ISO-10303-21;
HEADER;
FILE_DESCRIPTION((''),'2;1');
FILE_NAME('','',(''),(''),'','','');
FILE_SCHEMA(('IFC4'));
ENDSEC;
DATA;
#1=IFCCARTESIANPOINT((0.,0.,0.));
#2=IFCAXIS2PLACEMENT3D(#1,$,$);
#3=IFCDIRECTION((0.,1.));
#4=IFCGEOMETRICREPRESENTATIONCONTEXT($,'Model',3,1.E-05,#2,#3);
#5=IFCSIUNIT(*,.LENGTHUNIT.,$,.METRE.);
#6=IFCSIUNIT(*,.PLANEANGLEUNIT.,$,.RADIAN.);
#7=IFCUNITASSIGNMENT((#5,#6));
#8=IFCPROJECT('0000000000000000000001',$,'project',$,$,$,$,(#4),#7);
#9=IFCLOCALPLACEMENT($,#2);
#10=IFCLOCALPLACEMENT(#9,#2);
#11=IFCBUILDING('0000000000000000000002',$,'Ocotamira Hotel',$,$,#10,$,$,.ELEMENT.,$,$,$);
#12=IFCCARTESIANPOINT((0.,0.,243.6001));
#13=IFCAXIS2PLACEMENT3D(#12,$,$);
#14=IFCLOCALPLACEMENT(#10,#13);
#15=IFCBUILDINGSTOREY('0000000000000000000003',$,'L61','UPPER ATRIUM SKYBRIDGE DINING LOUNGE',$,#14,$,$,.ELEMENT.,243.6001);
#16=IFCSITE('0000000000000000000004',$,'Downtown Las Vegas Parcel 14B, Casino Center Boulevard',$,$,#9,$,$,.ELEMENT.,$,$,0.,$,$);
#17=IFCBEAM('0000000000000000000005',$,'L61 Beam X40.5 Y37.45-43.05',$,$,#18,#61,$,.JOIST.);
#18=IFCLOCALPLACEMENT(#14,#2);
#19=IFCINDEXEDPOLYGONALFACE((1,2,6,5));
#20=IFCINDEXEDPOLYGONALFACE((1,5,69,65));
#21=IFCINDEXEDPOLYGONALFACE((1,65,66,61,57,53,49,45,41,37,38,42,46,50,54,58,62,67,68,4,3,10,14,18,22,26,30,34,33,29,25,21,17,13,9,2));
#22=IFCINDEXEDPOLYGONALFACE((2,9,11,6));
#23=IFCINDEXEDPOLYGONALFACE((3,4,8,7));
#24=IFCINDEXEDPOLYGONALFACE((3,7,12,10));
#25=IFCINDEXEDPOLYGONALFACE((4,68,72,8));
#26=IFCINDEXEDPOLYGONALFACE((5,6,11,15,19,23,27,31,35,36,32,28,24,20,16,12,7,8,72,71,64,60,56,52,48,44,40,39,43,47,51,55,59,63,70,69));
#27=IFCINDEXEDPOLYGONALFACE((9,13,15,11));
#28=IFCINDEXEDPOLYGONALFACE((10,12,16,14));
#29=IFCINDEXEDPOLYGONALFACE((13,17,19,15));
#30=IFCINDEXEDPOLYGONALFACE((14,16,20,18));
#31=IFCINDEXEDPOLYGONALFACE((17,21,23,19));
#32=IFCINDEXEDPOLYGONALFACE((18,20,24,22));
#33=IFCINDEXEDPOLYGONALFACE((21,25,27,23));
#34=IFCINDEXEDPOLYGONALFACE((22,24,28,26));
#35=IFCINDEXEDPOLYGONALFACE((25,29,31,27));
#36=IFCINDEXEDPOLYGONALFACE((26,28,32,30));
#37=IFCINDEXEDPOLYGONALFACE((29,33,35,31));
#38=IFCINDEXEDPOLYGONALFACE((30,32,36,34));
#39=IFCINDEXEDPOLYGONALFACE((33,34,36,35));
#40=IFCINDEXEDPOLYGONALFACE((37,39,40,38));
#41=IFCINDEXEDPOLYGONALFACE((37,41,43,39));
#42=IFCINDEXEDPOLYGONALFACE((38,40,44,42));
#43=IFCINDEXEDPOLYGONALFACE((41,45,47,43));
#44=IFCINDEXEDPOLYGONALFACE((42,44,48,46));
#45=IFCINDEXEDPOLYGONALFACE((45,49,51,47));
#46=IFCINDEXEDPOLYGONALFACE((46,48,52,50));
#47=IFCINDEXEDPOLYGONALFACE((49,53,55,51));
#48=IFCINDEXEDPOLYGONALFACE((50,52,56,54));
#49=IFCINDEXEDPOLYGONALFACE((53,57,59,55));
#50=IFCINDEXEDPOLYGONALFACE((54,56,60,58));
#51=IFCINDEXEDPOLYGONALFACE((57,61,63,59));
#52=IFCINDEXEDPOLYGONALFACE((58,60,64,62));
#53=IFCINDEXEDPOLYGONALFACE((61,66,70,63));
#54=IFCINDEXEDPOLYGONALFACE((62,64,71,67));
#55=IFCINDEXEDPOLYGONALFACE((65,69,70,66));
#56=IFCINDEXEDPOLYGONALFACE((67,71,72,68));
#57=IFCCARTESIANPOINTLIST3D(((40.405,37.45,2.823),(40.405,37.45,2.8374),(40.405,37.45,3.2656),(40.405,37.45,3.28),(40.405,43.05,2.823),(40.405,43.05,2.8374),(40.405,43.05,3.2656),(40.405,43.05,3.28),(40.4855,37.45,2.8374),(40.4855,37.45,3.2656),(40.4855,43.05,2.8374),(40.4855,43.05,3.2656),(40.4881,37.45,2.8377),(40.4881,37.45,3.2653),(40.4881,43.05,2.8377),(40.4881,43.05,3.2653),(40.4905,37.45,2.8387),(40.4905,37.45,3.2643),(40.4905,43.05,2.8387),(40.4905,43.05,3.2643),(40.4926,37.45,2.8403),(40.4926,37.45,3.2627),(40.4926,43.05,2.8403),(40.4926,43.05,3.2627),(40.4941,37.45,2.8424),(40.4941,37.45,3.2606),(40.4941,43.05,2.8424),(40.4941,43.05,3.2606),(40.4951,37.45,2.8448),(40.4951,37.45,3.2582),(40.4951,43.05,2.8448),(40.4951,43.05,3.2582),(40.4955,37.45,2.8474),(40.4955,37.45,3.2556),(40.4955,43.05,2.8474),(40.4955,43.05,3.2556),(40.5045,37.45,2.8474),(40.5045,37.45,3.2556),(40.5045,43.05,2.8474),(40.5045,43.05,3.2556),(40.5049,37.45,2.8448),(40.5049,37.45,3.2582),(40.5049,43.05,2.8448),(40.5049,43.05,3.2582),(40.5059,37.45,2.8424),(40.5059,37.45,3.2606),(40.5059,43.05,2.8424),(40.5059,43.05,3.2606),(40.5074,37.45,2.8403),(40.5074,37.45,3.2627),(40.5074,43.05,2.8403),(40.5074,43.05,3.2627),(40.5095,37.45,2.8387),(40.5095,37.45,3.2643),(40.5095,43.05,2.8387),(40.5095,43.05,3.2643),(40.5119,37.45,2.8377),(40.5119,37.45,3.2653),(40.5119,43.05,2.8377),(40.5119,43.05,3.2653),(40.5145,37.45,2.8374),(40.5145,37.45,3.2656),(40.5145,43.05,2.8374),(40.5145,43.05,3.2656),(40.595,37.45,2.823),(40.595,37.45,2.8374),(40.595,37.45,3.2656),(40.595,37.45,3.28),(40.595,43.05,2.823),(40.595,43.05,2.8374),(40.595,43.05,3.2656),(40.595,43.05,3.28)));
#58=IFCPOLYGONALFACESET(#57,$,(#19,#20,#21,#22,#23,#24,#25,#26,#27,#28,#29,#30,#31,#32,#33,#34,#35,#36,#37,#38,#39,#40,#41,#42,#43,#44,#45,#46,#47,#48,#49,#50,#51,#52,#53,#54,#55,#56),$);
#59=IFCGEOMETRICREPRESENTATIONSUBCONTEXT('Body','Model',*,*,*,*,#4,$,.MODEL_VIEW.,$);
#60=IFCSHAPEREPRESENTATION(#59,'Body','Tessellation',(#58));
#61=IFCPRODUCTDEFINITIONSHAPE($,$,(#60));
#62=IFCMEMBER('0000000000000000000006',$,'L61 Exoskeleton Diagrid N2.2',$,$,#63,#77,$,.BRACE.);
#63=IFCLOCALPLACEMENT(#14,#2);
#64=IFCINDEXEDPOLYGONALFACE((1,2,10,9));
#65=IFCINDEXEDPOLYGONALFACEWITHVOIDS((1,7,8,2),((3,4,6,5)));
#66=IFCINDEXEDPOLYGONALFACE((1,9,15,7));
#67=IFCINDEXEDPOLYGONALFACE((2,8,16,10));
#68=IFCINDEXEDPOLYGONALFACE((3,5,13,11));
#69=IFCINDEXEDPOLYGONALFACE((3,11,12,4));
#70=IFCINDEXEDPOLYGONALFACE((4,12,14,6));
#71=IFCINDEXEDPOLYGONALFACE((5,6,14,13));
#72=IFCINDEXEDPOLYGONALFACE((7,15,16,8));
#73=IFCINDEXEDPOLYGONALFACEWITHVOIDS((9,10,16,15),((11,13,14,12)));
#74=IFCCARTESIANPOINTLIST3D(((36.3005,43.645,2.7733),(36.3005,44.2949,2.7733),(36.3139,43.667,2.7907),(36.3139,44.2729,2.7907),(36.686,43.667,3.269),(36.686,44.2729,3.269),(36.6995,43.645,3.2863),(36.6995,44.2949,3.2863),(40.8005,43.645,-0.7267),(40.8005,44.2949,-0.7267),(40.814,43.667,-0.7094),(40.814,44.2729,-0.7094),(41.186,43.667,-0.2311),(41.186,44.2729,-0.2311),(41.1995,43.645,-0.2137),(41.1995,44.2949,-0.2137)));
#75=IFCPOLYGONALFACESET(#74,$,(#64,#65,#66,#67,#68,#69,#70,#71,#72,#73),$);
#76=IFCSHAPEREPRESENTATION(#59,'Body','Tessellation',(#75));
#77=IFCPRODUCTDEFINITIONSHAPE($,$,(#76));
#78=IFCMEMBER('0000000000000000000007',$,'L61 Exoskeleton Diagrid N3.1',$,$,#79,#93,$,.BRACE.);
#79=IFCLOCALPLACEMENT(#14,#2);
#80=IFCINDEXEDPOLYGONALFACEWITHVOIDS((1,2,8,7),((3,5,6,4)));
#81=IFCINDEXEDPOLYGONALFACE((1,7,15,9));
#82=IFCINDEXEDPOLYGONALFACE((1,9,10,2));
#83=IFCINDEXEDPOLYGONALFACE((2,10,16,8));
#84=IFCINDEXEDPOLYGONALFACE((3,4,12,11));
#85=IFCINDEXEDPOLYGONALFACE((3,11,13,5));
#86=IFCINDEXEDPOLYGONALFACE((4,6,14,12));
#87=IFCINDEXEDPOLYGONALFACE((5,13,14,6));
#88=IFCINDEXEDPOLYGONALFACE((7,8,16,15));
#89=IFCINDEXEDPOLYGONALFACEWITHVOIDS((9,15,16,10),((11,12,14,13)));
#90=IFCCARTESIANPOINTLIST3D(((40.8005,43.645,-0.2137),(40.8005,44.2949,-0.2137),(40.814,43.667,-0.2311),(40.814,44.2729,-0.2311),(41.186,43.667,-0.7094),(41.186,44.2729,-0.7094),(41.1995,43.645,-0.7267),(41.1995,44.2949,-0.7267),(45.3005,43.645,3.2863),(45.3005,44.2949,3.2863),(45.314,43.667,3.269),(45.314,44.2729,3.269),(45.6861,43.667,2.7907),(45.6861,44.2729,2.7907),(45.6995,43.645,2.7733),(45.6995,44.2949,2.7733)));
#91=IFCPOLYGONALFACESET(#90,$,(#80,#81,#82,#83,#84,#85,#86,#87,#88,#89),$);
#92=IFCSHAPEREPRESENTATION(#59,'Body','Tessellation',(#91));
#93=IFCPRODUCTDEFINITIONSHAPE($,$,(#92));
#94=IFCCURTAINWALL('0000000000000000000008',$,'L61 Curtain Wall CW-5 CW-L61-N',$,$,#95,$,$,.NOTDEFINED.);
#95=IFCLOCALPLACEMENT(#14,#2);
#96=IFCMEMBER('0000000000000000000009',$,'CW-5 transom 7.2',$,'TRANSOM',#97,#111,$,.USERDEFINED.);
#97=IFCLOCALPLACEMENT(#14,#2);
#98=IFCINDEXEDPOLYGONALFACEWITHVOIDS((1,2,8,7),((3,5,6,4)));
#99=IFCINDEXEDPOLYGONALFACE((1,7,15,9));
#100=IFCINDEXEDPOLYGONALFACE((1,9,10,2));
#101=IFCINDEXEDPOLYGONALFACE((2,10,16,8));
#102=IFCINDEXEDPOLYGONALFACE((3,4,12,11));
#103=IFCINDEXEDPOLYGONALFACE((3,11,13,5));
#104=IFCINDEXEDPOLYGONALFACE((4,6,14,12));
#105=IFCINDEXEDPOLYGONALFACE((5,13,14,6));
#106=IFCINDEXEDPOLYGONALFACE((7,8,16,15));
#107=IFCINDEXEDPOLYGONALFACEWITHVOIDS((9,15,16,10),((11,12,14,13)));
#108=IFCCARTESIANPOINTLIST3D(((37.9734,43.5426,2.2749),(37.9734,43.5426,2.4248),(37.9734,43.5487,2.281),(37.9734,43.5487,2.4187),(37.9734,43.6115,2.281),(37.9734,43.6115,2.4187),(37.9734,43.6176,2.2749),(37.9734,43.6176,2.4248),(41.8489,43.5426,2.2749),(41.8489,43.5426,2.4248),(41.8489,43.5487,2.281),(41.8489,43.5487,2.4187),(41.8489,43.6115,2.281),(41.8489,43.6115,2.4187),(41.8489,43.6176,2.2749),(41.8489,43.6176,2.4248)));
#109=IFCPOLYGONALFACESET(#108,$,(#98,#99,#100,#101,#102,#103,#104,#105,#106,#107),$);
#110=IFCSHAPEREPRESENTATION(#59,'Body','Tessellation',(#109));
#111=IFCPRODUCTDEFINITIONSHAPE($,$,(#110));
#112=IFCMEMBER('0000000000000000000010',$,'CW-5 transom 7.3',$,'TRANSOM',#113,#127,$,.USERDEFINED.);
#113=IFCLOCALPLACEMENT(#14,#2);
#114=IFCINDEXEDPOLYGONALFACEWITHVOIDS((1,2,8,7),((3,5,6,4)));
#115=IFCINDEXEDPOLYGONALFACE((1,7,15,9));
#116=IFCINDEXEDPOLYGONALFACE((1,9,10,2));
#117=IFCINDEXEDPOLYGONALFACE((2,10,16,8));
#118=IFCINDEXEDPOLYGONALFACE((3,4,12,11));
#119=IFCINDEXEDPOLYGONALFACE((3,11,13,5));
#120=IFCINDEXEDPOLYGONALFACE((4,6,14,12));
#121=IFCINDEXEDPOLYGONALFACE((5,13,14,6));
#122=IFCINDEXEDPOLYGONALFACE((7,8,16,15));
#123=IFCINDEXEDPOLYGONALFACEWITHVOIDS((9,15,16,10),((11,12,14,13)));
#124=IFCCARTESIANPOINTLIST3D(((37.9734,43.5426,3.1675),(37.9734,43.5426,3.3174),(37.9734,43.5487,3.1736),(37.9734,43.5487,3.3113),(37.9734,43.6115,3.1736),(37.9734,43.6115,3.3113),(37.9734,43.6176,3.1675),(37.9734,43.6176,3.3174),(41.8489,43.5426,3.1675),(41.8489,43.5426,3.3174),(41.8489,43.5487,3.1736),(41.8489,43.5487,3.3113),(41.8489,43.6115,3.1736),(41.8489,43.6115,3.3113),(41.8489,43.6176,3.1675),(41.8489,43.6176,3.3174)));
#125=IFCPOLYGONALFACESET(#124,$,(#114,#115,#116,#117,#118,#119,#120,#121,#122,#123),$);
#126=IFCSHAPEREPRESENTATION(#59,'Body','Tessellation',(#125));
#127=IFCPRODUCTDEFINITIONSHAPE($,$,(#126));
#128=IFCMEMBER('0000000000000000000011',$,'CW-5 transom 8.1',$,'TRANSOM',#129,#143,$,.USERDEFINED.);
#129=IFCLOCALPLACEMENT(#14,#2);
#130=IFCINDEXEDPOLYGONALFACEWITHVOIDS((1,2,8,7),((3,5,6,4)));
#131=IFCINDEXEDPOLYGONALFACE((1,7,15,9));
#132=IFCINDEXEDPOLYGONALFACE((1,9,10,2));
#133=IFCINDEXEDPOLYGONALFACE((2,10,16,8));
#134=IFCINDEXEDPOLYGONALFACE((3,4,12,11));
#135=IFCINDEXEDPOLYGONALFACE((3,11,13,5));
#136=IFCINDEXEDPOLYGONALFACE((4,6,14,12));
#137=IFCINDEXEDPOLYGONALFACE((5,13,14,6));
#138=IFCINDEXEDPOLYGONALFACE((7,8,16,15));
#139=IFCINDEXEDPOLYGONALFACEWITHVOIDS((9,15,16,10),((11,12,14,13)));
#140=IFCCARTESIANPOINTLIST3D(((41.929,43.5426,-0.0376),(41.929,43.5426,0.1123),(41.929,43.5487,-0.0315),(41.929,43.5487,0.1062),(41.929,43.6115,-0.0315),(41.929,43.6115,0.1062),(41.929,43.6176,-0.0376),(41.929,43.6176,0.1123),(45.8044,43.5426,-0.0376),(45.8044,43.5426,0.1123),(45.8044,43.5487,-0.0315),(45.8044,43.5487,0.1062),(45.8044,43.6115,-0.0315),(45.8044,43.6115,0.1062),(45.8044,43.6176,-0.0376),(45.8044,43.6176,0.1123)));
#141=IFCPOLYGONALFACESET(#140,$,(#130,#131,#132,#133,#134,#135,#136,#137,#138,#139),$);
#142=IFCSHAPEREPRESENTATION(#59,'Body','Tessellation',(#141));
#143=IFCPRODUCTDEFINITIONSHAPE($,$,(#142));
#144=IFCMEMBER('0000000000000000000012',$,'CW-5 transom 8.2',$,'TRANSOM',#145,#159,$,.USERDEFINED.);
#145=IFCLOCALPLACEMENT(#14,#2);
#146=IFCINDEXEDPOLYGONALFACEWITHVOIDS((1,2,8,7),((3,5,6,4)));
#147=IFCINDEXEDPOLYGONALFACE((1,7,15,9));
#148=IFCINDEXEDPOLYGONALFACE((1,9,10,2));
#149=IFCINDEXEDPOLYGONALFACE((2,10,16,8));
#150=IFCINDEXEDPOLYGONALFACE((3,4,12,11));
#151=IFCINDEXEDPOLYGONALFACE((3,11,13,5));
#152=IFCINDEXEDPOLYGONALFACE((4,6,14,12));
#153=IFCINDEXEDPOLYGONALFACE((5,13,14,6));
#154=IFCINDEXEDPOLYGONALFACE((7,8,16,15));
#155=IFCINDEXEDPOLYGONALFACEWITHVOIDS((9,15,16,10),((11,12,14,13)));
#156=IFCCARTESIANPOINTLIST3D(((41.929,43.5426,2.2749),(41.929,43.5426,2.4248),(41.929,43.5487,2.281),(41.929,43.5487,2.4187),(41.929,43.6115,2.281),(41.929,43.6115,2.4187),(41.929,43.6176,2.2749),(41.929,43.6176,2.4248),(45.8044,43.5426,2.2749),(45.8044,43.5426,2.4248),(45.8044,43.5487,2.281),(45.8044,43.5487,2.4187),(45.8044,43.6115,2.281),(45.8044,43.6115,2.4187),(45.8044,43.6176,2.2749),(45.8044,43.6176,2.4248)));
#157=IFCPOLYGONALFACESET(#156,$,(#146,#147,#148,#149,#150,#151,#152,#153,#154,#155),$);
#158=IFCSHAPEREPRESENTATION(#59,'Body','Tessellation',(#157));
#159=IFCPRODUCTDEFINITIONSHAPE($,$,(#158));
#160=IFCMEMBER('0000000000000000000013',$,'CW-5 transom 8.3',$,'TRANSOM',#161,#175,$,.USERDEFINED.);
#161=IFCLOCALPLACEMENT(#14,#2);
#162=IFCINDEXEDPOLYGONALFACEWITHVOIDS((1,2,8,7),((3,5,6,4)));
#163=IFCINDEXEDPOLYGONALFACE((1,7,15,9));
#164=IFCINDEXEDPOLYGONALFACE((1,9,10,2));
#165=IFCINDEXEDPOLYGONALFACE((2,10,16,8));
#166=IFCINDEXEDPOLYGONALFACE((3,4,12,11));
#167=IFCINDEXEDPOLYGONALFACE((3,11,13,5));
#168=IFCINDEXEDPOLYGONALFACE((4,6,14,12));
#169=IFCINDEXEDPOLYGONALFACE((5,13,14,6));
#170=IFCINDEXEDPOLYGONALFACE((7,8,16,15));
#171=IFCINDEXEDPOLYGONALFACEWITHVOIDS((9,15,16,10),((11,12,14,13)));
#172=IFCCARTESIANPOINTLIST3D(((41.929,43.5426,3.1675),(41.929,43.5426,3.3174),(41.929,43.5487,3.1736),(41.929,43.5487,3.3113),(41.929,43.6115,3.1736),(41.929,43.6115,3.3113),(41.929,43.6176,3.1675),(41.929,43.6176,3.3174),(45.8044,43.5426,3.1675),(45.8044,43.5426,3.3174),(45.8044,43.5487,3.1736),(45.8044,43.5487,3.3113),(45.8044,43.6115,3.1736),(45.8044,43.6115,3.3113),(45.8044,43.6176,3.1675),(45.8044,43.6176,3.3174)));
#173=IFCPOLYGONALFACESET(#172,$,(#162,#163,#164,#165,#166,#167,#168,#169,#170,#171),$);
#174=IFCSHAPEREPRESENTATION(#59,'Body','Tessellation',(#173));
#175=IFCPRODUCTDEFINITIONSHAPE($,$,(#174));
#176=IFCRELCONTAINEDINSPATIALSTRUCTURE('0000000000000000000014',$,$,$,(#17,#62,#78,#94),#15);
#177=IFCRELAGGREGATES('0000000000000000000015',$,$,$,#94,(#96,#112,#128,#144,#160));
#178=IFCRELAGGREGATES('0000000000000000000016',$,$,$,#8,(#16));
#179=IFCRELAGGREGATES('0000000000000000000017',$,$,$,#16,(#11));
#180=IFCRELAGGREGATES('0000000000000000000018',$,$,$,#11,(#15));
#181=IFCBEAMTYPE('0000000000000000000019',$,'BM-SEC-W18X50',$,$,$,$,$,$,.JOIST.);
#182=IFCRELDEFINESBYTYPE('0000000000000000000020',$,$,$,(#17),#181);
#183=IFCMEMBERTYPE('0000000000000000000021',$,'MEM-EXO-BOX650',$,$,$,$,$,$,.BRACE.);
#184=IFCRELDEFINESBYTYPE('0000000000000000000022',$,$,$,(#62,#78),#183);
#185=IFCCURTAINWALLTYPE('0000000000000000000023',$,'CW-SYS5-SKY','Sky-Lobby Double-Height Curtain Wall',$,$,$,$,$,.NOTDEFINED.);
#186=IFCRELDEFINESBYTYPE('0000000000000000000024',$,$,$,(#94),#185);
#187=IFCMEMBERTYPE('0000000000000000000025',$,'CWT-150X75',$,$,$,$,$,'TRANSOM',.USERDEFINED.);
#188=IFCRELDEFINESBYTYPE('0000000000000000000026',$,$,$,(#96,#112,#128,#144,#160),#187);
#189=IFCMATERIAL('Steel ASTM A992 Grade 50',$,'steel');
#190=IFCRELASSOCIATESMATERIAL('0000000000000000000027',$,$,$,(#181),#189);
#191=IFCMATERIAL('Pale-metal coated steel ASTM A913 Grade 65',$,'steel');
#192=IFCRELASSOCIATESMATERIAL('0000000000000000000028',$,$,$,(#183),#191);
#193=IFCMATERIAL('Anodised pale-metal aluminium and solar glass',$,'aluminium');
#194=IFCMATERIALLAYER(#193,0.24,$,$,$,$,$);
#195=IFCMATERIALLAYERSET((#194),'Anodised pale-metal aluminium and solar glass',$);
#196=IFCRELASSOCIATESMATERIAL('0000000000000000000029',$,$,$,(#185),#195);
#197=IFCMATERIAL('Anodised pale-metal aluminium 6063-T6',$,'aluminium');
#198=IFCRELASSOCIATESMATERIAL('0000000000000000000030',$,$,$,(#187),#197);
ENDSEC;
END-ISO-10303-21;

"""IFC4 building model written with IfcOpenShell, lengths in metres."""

from ifc_helpers import new_model, si_unit, direction, frame, origin, origin_2d, place, context, subcontext, project, spatial, hollow_rectangle, i_section, extrude, source, transform, mapped, material, layer, layer_set, material_profile, profile_set, type_object, element, aggregate, save


model = new_model("IFC4")

# Units and contexts
model_context = context("Model", 3, precision=1e-05, world=origin(), true_north=direction((0.0, 1.0)))
body_context = subcontext(model_context, "Body", "Model", "MODEL_VIEW")
ifc_project = project(units=[si_unit("LENGTHUNIT", "METRE"), si_unit("PLANEANGLEUNIT", "RADIAN")], contexts=[model_context])

# Site, building, storey
site_placement = place(None, origin())
site = spatial("IfcSite", under=ifc_project, at=site_placement, Name="Downtown Las Vegas Parcel 14B, Casino Center Boulevard", CompositionType="ELEMENT", RefElevation=0.0)
building_placement = place(site_placement, origin())
building = spatial("IfcBuilding", under=site, at=building_placement, Name="Ocotamira Hotel", CompositionType="ELEMENT")
storey_placement = place(building_placement, frame((0.0, 0.0, 243.6001)))
storey = spatial("IfcBuildingStorey", under=building, at=storey_placement, Name="L61", Description="UPPER ATRIUM SKYBRIDGE DINING LOUNGE", CompositionType="ELEMENT", Elevation=243.6001)

# Shared definitions
ifc_material_1 = material(Name="Steel ASTM A992 Grade 50", Category="steel")

# Beam
ifc_material_profile_1 = material_profile(ifc_material_1, i_section(OverallWidth=0.1899, OverallDepth=0.457, WebThickness=0.009, FlangeThickness=0.0144, FilletRadius=0.01, at=origin_2d()), Name="W18X50")
ifc_profile_set_1 = profile_set([ifc_material_profile_1], Name="Steel ASTM A992 Grade 50")
beam_type_1 = type_object("IfcBeamType", Name="BM-SEC-W18X50", PredefinedType="JOIST", material=ifc_profile_set_1)
shared_shape_1 = source(origin(), body_context, "Body", "SweptSolid", [
    extrude(i_section(OverallWidth=0.1899, OverallDepth=0.457, WebThickness=0.009, FlangeThickness=0.0144, FilletRadius=0.01, at=origin_2d()), origin(), (0.0, 0.0, 1.0), 5.6001),
])
beam_1_placement = place(storey_placement, frame((40.5, 37.45, 3.0515), z_axis=(0.0, 1.0, 0.0), x_axis=(-1.0, 0.0, 0.0)))
element("IfcBeam", 1, at=beam_1_placement, inside=storey, type_object=beam_type_1, Name="L61 Beam X40.5 Y37.45-43.05", PredefinedType="JOIST", context=body_context, shape_type="MappedRepresentation", body=[
    mapped(shared_shape_1, transform((0.0, 0.0, 0.0), scale=1.0)),
])

# Members
ifc_material_2 = material(Name="Pale-metal coated steel ASTM A913 Grade 65", Category="steel")
ifc_material_profile_2 = material_profile(ifc_material_2, hollow_rectangle(XDim=0.6499, YDim=0.6499, WallThickness=0.022, at=origin_2d()), Name="BOX650X650X22")
ifc_profile_set_2 = profile_set([ifc_material_profile_2], Name="Pale-metal coated steel ASTM A913 Grade 65")
member_type_1 = type_object("IfcMemberType", Name="MEM-EXO-BOX650", PredefinedType="BRACE", material=ifc_profile_set_2)
shared_shape_2 = source(origin(), body_context, "Body", "SweptSolid", [
    extrude(hollow_rectangle(XDim=0.6499, YDim=0.6499, WallThickness=0.022, at=origin_2d()), origin(), (0.0, 0.0, 1.0), 5.7009),
])
for number, where, z_axis, x_axis, name in (
    (2, (41.0, 43.97, -0.4702), (-0.789352, 0.0, 0.613941), (0.0, -1.0, 0.0), "L61 Exoskeleton Diagrid N2.2"),
    (3, (41.0, 43.97, -0.4702), (0.789352, 0.0, 0.613941), (0.0, 1.0, 0.0), "L61 Exoskeleton Diagrid N3.1"),
):
    element("IfcMember", number, at=place(storey_placement, frame(where, z_axis=z_axis, x_axis=x_axis)), inside=storey, type_object=member_type_1, Name=name, PredefinedType="BRACE", context=body_context, shape_type="MappedRepresentation", body=[
        mapped(shared_shape_2, transform((0.0, 0.0, 0.0), scale=1.0)),
    ])

# Curtain wall, members
ifc_material_3 = material(Name="Anodised pale-metal aluminium and solar glass", Category="aluminium")
ifc_layer_1 = layer(ifc_material_3, 0.24)
ifc_layer_set_1 = layer_set([ifc_layer_1], Name="Anodised pale-metal aluminium and solar glass")
curtain_wall_type = type_object("IfcCurtainWallType", Name="CW-SYS5-SKY", Description="Sky-Lobby Double-Height Curtain Wall", PredefinedType="NOTDEFINED", material=ifc_layer_set_1)
curtain_wall_placement = place(storey_placement, origin())
curtain_wall = element("IfcCurtainWall", 4, at=curtain_wall_placement, inside=storey, type_object=curtain_wall_type, Name="L61 Curtain Wall CW-5 CW-L61-N", PredefinedType="NOTDEFINED")
ifc_material_4 = material(Name="Anodised pale-metal aluminium 6063-T6", Category="aluminium")
ifc_material_profile_3 = material_profile(ifc_material_4, hollow_rectangle(XDim=0.075, YDim=0.1499, WallThickness=0.0061, at=origin_2d()), Name="HSS150X75X6")
ifc_profile_set_3 = profile_set([ifc_material_profile_3], Name="Anodised pale-metal aluminium 6063-T6")
member_type_2 = type_object("IfcMemberType", Name="CWT-150X75", ElementType="TRANSOM", PredefinedType="USERDEFINED", material=ifc_profile_set_3)
shared_shape_3 = source(origin(), body_context, "Body", "SweptSolid", [
    extrude(hollow_rectangle(XDim=0.075, YDim=0.1499, WallThickness=0.0061, at=origin_2d()), origin(), (0.0, 0.0, 1.0), 3.8755),
])
member_1_placement = place(storey_placement, frame((37.9734, 43.5801, 2.3499), z_axis=(1.0, 0.0, 0.0), x_axis=(0.0, 1.0, 0.0)))
member_1 = element("IfcMember", 5, at=member_1_placement, type_object=member_type_2, Name="CW-5 transom 7.2", ObjectType="TRANSOM", PredefinedType="USERDEFINED", context=body_context, shape_type="MappedRepresentation", body=[
    mapped(shared_shape_3, transform((0.0, 0.0, 0.0), scale=1.0)),
])
member_2_placement = place(storey_placement, frame((37.9734, 43.5801, 3.2424), z_axis=(1.0, 0.0, 0.0), x_axis=(0.0, 1.0, 0.0)))
member_2 = element("IfcMember", 6, at=member_2_placement, type_object=member_type_2, Name="CW-5 transom 7.3", ObjectType="TRANSOM", PredefinedType="USERDEFINED", context=body_context, shape_type="MappedRepresentation", body=[
    mapped(shared_shape_3, transform((0.0, 0.0, 0.0), scale=1.0)),
])
member_3_placement = place(storey_placement, frame((41.929, 43.5801, 0.0374), z_axis=(1.0, 0.0, 0.0), x_axis=(0.0, 1.0, 0.0)))
member_3 = element("IfcMember", 7, at=member_3_placement, type_object=member_type_2, Name="CW-5 transom 8.1", ObjectType="TRANSOM", PredefinedType="USERDEFINED", context=body_context, shape_type="MappedRepresentation", body=[
    mapped(shared_shape_3, transform((0.0, 0.0, 0.0), scale=1.0)),
])
member_4_placement = place(storey_placement, frame((41.929, 43.5801, 2.3499), z_axis=(1.0, 0.0, 0.0), x_axis=(0.0, 1.0, 0.0)))
member_4 = element("IfcMember", 8, at=member_4_placement, type_object=member_type_2, Name="CW-5 transom 8.2", ObjectType="TRANSOM", PredefinedType="USERDEFINED", context=body_context, shape_type="MappedRepresentation", body=[
    mapped(shared_shape_3, transform((0.0, 0.0, 0.0), scale=1.0)),
])
member_5_placement = place(storey_placement, frame((41.929, 43.5801, 3.2424), z_axis=(1.0, 0.0, 0.0), x_axis=(0.0, 1.0, 0.0)))
member_5 = element("IfcMember", 9, at=member_5_placement, type_object=member_type_2, Name="CW-5 transom 8.3", ObjectType="TRANSOM", PredefinedType="USERDEFINED", context=body_context, shape_type="MappedRepresentation", body=[
    mapped(shared_shape_3, transform((0.0, 0.0, 0.0), scale=1.0)),
])
aggregate(curtain_wall, [member_1, member_2, member_3, member_4, member_5])

save(model, "model.ifc")
